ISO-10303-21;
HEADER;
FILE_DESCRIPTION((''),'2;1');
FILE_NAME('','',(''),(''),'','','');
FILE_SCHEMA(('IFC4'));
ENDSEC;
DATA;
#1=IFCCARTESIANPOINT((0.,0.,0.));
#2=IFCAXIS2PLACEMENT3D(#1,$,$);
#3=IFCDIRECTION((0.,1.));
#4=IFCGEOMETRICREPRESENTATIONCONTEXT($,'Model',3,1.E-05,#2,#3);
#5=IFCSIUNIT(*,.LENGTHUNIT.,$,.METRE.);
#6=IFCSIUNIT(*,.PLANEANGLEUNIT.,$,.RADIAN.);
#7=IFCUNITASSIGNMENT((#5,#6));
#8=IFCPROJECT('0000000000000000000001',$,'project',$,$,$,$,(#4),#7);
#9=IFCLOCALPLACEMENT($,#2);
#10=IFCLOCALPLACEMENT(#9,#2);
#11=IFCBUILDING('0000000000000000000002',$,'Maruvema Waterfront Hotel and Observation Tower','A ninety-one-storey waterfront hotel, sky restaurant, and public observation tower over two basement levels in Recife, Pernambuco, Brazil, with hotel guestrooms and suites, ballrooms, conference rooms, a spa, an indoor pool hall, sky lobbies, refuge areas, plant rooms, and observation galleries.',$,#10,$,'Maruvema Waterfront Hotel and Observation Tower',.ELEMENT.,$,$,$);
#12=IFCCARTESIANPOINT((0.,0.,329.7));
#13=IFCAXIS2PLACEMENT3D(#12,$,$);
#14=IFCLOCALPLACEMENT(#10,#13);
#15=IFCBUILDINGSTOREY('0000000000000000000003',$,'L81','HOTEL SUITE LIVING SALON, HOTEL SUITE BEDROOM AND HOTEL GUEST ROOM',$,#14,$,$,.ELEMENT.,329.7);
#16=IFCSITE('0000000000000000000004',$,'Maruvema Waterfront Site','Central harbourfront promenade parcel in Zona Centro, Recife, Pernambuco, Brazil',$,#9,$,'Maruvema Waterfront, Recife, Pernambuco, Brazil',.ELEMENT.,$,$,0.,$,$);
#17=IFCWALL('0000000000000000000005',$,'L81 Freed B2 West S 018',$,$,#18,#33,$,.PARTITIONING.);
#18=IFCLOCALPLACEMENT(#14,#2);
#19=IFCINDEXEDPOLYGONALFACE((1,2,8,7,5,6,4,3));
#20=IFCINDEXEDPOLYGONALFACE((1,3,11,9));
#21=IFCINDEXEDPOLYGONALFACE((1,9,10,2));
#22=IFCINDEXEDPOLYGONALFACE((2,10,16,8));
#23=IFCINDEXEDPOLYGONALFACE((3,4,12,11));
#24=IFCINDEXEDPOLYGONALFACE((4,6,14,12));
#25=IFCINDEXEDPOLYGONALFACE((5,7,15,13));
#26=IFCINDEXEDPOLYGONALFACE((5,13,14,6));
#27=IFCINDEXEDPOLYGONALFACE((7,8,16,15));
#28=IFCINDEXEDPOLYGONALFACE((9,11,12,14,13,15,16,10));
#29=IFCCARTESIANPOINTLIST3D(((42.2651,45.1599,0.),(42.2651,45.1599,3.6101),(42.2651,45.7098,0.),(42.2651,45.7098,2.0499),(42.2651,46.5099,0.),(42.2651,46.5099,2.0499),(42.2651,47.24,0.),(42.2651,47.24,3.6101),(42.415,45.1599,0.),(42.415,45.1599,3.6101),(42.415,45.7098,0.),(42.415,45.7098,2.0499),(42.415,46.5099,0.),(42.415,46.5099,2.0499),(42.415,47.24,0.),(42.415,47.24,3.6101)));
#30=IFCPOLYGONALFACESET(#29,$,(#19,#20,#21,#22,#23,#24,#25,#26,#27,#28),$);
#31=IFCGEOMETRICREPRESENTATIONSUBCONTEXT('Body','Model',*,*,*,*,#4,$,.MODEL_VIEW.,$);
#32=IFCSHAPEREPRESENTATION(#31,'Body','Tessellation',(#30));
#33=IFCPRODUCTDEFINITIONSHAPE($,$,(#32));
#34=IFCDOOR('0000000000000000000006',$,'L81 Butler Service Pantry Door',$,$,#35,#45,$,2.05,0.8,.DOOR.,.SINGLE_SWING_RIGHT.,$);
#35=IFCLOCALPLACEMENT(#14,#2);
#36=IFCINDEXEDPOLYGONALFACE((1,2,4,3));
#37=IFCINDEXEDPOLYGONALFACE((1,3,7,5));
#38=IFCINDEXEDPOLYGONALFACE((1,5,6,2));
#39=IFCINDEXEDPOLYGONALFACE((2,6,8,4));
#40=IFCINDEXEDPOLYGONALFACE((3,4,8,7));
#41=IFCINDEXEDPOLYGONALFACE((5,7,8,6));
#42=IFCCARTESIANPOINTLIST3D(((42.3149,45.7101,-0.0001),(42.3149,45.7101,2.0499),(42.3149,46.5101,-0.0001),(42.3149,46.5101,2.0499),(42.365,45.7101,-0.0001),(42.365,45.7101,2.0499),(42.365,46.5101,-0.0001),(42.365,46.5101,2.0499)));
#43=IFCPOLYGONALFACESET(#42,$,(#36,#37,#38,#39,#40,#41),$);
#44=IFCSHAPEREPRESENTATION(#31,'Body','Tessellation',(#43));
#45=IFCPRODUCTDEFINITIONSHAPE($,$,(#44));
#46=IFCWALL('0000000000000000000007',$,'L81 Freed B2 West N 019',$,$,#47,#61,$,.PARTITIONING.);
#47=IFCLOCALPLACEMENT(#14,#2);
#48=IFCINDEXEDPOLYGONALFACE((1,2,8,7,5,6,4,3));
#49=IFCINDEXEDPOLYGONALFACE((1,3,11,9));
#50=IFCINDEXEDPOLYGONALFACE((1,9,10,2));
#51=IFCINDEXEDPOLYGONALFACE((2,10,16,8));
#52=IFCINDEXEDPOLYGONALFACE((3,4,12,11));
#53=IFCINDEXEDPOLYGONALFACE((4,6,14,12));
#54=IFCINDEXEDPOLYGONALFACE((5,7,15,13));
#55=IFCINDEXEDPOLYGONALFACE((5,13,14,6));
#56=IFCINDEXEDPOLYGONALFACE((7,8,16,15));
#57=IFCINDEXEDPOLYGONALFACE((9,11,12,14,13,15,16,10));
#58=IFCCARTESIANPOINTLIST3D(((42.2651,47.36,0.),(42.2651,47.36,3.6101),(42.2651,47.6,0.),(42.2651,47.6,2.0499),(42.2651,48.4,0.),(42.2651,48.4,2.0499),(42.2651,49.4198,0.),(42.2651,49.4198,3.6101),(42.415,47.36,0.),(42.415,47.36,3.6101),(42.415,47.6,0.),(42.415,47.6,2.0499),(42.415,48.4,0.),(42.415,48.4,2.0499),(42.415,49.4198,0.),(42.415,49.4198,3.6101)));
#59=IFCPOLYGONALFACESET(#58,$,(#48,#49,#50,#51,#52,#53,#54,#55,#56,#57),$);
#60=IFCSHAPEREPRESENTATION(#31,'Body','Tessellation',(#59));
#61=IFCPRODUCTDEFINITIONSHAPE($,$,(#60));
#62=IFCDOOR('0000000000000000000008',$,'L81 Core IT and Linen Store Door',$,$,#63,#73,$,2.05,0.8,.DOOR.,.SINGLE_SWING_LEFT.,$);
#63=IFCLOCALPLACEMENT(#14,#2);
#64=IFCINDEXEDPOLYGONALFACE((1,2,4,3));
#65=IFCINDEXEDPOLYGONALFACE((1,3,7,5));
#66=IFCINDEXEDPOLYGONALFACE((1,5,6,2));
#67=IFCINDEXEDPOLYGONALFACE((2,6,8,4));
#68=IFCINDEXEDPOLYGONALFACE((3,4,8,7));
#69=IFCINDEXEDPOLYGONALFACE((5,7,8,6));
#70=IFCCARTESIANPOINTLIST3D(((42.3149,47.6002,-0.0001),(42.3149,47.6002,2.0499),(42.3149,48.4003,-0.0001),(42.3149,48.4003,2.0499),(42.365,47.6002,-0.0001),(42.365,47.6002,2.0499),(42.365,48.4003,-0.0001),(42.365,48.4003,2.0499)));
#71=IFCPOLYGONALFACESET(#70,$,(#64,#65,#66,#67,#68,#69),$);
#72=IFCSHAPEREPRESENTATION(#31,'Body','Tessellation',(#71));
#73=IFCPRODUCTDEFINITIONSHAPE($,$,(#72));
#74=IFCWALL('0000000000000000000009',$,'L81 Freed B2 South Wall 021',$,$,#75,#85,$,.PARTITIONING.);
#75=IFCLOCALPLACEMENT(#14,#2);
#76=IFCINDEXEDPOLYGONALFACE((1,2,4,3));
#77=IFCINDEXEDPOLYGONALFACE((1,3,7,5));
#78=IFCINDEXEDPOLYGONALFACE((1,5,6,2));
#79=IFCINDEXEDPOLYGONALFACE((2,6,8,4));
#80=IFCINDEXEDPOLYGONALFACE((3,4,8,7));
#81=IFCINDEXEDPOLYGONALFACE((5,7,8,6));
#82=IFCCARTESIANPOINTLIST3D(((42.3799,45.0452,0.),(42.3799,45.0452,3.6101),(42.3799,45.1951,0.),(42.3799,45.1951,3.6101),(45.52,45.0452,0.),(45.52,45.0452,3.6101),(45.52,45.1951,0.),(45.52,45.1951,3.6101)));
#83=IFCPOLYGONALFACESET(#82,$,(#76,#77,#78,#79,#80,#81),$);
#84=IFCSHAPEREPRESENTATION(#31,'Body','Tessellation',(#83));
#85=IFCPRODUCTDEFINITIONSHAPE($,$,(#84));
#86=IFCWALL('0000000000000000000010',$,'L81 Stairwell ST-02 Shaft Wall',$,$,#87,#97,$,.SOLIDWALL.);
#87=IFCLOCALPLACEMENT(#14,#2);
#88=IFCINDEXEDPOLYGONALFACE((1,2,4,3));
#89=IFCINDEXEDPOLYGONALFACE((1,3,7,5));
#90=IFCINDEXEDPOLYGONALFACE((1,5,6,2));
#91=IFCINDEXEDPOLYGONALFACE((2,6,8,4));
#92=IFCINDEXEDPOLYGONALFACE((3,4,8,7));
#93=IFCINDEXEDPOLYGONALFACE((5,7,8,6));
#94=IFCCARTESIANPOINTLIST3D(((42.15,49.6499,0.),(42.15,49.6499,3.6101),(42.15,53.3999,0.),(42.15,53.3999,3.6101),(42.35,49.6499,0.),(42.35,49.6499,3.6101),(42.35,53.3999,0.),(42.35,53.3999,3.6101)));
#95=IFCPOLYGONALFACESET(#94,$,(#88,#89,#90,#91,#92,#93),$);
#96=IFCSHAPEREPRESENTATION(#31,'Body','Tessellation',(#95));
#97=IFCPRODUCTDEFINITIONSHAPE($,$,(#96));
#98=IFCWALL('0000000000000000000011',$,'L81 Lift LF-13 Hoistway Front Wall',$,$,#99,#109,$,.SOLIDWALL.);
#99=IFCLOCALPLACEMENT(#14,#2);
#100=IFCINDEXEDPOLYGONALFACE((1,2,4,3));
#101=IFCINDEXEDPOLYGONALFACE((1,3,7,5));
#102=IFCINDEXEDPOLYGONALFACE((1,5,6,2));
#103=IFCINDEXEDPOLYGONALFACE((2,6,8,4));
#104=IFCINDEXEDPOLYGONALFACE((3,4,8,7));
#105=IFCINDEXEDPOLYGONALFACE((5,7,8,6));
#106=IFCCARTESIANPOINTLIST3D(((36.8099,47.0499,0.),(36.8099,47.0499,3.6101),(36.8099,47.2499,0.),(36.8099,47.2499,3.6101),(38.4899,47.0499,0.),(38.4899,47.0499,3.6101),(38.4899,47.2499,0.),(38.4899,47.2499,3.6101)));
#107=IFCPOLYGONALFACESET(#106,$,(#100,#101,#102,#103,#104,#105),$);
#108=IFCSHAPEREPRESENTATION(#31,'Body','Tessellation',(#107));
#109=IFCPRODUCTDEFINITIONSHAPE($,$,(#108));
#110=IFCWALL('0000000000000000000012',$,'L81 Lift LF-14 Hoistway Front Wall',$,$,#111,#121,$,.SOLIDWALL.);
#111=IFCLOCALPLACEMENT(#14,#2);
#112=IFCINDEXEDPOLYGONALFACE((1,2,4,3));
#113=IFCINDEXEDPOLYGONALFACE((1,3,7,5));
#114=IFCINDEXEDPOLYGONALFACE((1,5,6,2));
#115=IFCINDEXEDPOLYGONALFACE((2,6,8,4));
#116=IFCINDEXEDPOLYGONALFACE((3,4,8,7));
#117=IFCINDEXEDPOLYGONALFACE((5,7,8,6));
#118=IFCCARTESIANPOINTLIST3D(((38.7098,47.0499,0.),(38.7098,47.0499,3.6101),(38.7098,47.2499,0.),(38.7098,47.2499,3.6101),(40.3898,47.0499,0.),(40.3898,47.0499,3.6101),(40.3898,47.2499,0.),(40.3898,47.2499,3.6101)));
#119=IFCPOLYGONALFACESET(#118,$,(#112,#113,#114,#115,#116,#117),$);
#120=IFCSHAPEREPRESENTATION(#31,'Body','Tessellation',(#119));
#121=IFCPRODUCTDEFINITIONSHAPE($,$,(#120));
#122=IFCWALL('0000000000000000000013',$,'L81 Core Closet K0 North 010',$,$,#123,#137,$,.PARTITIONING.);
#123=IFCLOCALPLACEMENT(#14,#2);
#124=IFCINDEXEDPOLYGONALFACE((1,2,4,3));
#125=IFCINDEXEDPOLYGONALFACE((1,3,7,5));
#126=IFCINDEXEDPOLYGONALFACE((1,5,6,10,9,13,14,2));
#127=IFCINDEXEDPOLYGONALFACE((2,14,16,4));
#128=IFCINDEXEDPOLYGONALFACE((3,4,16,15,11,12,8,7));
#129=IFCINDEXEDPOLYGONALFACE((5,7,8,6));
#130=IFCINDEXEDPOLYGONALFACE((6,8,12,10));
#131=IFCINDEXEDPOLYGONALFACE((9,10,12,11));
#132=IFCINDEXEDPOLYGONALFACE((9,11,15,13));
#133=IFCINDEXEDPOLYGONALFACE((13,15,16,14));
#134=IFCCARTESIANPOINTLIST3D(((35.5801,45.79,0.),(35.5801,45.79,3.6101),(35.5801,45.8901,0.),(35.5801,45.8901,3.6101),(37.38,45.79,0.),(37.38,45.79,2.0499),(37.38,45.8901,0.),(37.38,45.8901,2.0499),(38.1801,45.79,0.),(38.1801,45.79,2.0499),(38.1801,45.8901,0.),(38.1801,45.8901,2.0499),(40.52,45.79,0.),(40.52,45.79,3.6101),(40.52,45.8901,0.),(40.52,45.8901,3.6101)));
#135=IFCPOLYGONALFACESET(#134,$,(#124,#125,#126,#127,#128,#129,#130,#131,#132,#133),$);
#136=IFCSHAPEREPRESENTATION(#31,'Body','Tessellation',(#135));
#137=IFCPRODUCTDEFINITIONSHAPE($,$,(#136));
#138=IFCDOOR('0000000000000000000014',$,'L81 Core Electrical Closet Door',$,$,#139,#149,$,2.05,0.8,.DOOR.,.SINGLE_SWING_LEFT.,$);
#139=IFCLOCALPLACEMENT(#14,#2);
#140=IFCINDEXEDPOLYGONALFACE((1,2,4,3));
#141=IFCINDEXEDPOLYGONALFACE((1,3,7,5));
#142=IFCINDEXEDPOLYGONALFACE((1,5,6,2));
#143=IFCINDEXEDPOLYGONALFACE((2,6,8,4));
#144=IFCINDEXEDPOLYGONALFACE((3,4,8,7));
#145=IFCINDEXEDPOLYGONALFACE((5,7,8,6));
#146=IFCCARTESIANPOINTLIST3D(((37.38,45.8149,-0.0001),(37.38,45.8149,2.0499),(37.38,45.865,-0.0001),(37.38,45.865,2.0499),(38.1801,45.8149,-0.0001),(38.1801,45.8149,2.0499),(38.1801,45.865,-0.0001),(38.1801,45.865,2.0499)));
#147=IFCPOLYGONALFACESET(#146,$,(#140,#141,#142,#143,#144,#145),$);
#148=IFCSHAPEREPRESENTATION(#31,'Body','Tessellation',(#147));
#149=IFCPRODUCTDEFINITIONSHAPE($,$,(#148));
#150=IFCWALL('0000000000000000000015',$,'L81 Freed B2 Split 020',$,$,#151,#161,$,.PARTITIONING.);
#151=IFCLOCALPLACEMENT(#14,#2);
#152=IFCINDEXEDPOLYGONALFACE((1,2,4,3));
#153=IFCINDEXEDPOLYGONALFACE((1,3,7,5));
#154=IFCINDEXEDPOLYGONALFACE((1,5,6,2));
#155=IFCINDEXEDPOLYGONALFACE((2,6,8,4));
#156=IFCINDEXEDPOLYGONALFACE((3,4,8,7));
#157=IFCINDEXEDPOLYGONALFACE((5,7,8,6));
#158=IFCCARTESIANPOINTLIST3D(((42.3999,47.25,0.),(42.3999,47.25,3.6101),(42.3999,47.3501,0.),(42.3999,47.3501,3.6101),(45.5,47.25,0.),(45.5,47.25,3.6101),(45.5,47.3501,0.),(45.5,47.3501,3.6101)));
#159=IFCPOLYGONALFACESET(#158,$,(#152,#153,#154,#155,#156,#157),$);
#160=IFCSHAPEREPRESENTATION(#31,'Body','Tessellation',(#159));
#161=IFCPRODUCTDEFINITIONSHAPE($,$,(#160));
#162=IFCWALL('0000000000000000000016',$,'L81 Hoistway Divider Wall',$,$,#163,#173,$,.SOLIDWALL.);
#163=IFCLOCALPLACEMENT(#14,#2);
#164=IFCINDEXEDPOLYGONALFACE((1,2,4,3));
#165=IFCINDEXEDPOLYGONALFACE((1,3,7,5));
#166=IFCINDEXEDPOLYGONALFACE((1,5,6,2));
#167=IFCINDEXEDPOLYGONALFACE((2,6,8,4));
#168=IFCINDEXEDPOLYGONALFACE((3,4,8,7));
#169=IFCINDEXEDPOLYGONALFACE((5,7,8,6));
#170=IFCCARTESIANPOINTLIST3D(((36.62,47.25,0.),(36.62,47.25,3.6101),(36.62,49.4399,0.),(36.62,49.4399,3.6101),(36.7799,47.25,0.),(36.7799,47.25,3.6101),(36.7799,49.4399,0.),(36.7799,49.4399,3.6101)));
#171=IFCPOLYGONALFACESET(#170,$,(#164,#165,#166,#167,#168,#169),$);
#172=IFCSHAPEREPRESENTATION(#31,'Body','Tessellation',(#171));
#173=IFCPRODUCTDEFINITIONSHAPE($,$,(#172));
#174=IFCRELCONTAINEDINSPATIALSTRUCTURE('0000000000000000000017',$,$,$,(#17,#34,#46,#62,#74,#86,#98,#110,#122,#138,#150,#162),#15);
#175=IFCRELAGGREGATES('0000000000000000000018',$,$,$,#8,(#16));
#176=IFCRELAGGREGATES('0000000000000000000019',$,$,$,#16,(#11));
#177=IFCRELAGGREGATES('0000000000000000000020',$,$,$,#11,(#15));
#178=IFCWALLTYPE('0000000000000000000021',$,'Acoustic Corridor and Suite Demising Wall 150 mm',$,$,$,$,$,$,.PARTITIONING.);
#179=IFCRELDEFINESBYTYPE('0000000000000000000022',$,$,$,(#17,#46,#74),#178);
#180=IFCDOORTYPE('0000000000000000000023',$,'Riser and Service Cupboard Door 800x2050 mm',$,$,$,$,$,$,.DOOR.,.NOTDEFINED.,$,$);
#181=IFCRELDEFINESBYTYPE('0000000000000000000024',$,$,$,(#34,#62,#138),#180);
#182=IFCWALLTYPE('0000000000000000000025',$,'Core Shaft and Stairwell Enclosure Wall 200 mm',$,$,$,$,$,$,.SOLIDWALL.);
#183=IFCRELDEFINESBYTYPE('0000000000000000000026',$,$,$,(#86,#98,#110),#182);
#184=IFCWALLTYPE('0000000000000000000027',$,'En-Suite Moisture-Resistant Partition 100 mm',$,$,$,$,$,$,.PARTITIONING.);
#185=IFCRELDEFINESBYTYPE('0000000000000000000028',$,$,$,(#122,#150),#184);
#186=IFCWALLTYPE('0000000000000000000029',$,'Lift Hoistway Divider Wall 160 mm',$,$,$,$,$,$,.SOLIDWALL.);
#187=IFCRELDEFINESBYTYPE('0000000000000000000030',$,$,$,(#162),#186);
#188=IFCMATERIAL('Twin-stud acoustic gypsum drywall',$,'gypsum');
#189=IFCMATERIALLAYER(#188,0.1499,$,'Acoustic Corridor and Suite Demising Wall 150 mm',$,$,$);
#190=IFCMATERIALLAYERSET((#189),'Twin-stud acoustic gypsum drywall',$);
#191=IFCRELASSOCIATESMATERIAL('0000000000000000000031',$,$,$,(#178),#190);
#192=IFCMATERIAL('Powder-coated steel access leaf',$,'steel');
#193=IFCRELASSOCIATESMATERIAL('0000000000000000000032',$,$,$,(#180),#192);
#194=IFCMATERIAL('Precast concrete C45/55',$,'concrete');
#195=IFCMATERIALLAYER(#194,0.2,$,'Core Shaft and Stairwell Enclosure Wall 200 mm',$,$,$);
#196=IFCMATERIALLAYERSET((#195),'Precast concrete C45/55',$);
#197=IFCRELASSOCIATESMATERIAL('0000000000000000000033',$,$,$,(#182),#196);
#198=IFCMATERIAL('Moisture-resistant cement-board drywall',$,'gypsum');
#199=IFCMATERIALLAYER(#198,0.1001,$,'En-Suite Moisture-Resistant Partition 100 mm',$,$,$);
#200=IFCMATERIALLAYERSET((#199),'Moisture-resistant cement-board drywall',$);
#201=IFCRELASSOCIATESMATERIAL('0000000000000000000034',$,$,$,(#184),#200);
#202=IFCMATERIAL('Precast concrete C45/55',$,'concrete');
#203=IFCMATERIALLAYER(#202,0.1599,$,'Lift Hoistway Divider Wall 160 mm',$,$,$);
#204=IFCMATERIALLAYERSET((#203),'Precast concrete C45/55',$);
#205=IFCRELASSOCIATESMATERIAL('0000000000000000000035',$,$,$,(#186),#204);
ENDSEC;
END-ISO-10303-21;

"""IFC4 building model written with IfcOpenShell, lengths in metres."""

from ifc_helpers import new_model, si_unit, direction, frame, frame_2d, origin, place, context, subcontext, project, spatial, rectangle, extrude, material, layer, layer_set, type_object, element, fill, save


model = new_model("IFC4")

# Units and contexts
model_context = context("Model", 3, precision=1e-05, world=origin(), true_north=direction((0.0, 1.0)))
body_context = subcontext(model_context, "Body", "Model", "MODEL_VIEW")
ifc_project = project(units=[si_unit("LENGTHUNIT", "METRE"), si_unit("PLANEANGLEUNIT", "RADIAN")], contexts=[model_context])

# Site, building, storey
site_placement = place(None, origin())
site = spatial("IfcSite", under=ifc_project, at=site_placement, Name="Maruvema Waterfront Site", Description="Central harbourfront promenade parcel in Zona Centro, Recife, Pernambuco, Brazil", LongName="Maruvema Waterfront, Recife, Pernambuco, Brazil", CompositionType="ELEMENT", RefElevation=0.0)
building_placement = place(site_placement, origin())
building = spatial("IfcBuilding", under=site, at=building_placement, Name="Maruvema Waterfront Hotel and Observation Tower", Description="A ninety-one-storey waterfront hotel, sky restaurant, and public observation tower over two basement levels in Recife, Pernambuco, Brazil, with hotel guestrooms and suites, ballrooms, conference rooms, a spa, an indoor pool hall, sky lobbies, refuge areas, plant rooms, and observation galleries.", LongName="Maruvema Waterfront Hotel and Observation Tower", CompositionType="ELEMENT")
storey_placement = place(building_placement, frame((0.0, 0.0, 329.7)))
storey = spatial("IfcBuildingStorey", under=building, at=storey_placement, Name="L81", Description="HOTEL SUITE LIVING SALON, HOTEL SUITE BEDROOM AND HOTEL GUEST ROOM", CompositionType="ELEMENT", Elevation=329.7)

# Walls, openings, doors
ifc_material_1 = material(Name="Twin-stud acoustic gypsum drywall", Category="gypsum")
ifc_layer_1 = layer(ifc_material_1, 0.1499, Name="Acoustic Corridor and Suite Demising Wall 150 mm")
ifc_layer_set_1 = layer_set([ifc_layer_1], Name="Twin-stud acoustic gypsum drywall")
wall_type_1 = type_object("IfcWallType", Name="Acoustic Corridor and Suite Demising Wall 150 mm", PredefinedType="PARTITIONING", material=ifc_layer_set_1)
wall_1_placement = place(storey_placement, frame((42.3401, 45.1599, 0.0), z_axis=(0.0, 0.0, 1.0), x_axis=(0.0, 1.0, 0.0)))
wall_1 = element("IfcWall", 1, at=wall_1_placement, inside=storey, type_object=wall_type_1, Name="L81 Freed B2 West S 018", PredefinedType="PARTITIONING", context=body_context, shape_type="SweptSolid", body=[
    extrude(rectangle(XDim=2.0801, YDim=0.1499, at=frame_2d((1.04, 0.0))), origin(), (0.0, 0.0, 1.0), 3.6101),
])
opening_1_placement = place(wall_1_placement, frame((0.55, 0.0, 0.0)))
opening_1 = element("IfcOpeningElement", 2, at=opening_1_placement, cuts=wall_1, PredefinedType="OPENING", context=body_context, shape_type="SweptSolid", body=[
    extrude(rectangle(XDim=0.8, YDim=2.05, at=frame_2d((0.3999, 1.0249))), frame((0.0, 0.085, 0.0), z_axis=(0.0, -1.0, 0.0), x_axis=(1.0, 0.0, 0.0)), (0.0, 0.0, 1.0), 0.1699),
])
ifc_material_2 = material(Name="Powder-coated steel access leaf", Category="steel")
door_type = type_object("IfcDoorType", Name="Riser and Service Cupboard Door 800x2050 mm", OperationType="NOTDEFINED", PredefinedType="DOOR", material=ifc_material_2)
door_1_placement = place(opening_1_placement, frame((0.8, 0.0, 0.0), z_axis=(0.0, 0.0, 1.0), x_axis=(-1.0, 0.0, 0.0)))
door_1 = element("IfcDoor", 3, at=door_1_placement, inside=storey, type_object=door_type, Name="L81 Butler Service Pantry Door", OperationType="SINGLE_SWING_RIGHT", OverallHeight=2.05, OverallWidth=0.8, PredefinedType="DOOR", context=body_context, shape_type="SweptSolid", body=[
    extrude(rectangle(XDim=0.8, YDim=2.05, at=frame_2d((0.3999, 1.0249))), frame((0.0, 0.0249, 0.0), z_axis=(0.0, -1.0, 0.0), x_axis=(1.0, 0.0, 0.0)), (0.0, 0.0, 1.0), 0.05),
])
fill(opening_1, door_1)
wall_2_placement = place(storey_placement, frame((42.3401, 47.3601, 0.0), z_axis=(0.0, 0.0, 1.0), x_axis=(0.0, 1.0, 0.0)))
wall_2 = element("IfcWall", 4, at=wall_2_placement, inside=storey, type_object=wall_type_1, Name="L81 Freed B2 West N 019", PredefinedType="PARTITIONING", context=body_context, shape_type="SweptSolid", body=[
    extrude(rectangle(XDim=2.0598, YDim=0.1499, at=frame_2d((1.0298, 0.0))), origin(), (0.0, 0.0, 1.0), 3.6101),
])
opening_2_placement = place(wall_2_placement, frame((0.24, 0.0, 0.0)))
opening_2 = element("IfcOpeningElement", 5, at=opening_2_placement, cuts=wall_2, PredefinedType="OPENING", context=body_context, shape_type="SweptSolid", body=[
    extrude(rectangle(XDim=0.8, YDim=2.05, at=frame_2d((0.3999, 1.0249))), frame((0.0, 0.085, 0.0), z_axis=(0.0, -1.0, 0.0), x_axis=(1.0, 0.0, 0.0)), (0.0, 0.0, 1.0), 0.1699),
])
door_2_placement = place(opening_2_placement, frame((0.8, 0.0, 0.0), z_axis=(0.0, 0.0, 1.0), x_axis=(-1.0, 0.0, 0.0)))
door_2 = element("IfcDoor", 6, at=door_2_placement, inside=storey, type_object=door_type, Name="L81 Core IT and Linen Store Door", OperationType="SINGLE_SWING_LEFT", OverallHeight=2.05, OverallWidth=0.8, PredefinedType="DOOR", context=body_context, shape_type="SweptSolid", body=[
    extrude(rectangle(XDim=0.8, YDim=2.05, at=frame_2d((0.3999, 1.0249))), frame((0.0, 0.0249, 0.0), z_axis=(0.0, -1.0, 0.0), x_axis=(1.0, 0.0, 0.0)), (0.0, 0.0, 1.0), 0.05),
])
fill(opening_2, door_2)

# Walls
wall_3_placement = place(storey_placement, frame((42.3799, 45.1201, 0.0), z_axis=(0.0, 0.0, 1.0), x_axis=(1.0, 0.0, 0.0)))
element("IfcWall", 7, at=wall_3_placement, inside=storey, type_object=wall_type_1, Name="L81 Freed B2 South Wall 021", PredefinedType="PARTITIONING", context=body_context, shape_type="SweptSolid", body=[
    extrude(rectangle(XDim=3.1401, YDim=0.1499, at=frame_2d((1.5701, 0.0))), origin(), (0.0, 0.0, 1.0), 3.6101),
])
ifc_material_3 = material(Name="Precast concrete C45/55", Category="concrete")
ifc_layer_2 = layer(ifc_material_3, 0.2, Name="Core Shaft and Stairwell Enclosure Wall 200 mm")
ifc_layer_set_2 = layer_set([ifc_layer_2], Name="Precast concrete C45/55")
wall_type_2 = type_object("IfcWallType", Name="Core Shaft and Stairwell Enclosure Wall 200 mm", PredefinedType="SOLIDWALL", material=ifc_layer_set_2)
wall_4_placement = place(storey_placement, frame((42.25, 49.6499, 0.0), z_axis=(0.0, 0.0, 1.0), x_axis=(0.0, 1.0, 0.0)))
element("IfcWall", 8, at=wall_4_placement, inside=storey, type_object=wall_type_2, Name="L81 Stairwell ST-02 Shaft Wall", PredefinedType="SOLIDWALL", context=body_context, shape_type="SweptSolid", body=[
    extrude(rectangle(XDim=3.75, YDim=0.2, at=frame_2d((1.875, 0.0))), origin(), (0.0, 0.0, 1.0), 3.6101),
])
for number, where, z_axis, x_axis, name in (
    (9, (36.8101, 47.1499, 0.0), (0.0, 0.0, 1.0), (1.0, 0.0, 0.0), "L81 Lift LF-13 Hoistway Front Wall"),
    (10, (38.71, 47.1499, 0.0), (0.0, 0.0, 1.0), (1.0, 0.0, 0.0), "L81 Lift LF-14 Hoistway Front Wall"),
):
    element("IfcWall", number, at=place(storey_placement, frame(where, z_axis=z_axis, x_axis=x_axis)), inside=storey, type_object=wall_type_2, Name=name, PredefinedType="SOLIDWALL", context=body_context, shape_type="SweptSolid", body=[
        extrude(rectangle(XDim=1.6799, YDim=0.2, at=frame_2d((0.8398, 0.0))), origin(), (0.0, 0.0, 1.0), 3.6101),
    ])

# Wall, opening, door
ifc_material_4 = material(Name="Moisture-resistant cement-board drywall", Category="gypsum")
ifc_layer_3 = layer(ifc_material_4, 0.1001, Name="En-Suite Moisture-Resistant Partition 100 mm")
ifc_layer_set_3 = layer_set([ifc_layer_3], Name="Moisture-resistant cement-board drywall")
wall_type_3 = type_object("IfcWallType", Name="En-Suite Moisture-Resistant Partition 100 mm", PredefinedType="PARTITIONING", material=ifc_layer_set_3)
wall_5_placement = place(storey_placement, frame((35.5801, 45.8401, 0.0), z_axis=(0.0, 0.0, 1.0), x_axis=(1.0, 0.0, 0.0)))
wall_5 = element("IfcWall", 11, at=wall_5_placement, inside=storey, type_object=wall_type_3, Name="L81 Core Closet K0 North 010", PredefinedType="PARTITIONING", context=body_context, shape_type="SweptSolid", body=[
    extrude(rectangle(XDim=4.9399, YDim=0.1001, at=frame_2d((2.47, 0.0))), origin(), (0.0, 0.0, 1.0), 3.6101),
])
opening_3_placement = place(wall_5_placement, frame((1.8, 0.0, 0.0)))
opening_3 = element("IfcOpeningElement", 12, at=opening_3_placement, cuts=wall_5, PredefinedType="OPENING", context=body_context, shape_type="SweptSolid", body=[
    extrude(rectangle(XDim=0.8, YDim=2.05, at=frame_2d((0.3999, 1.0249))), frame((0.0, 0.0601, 0.0), z_axis=(0.0, -1.0, 0.0), x_axis=(1.0, 0.0, 0.0)), (0.0, 0.0, 1.0), 0.1201),
])
door_3_placement = place(opening_3_placement, origin())
door_3 = element("IfcDoor", 13, at=door_3_placement, inside=storey, type_object=door_type, Name="L81 Core Electrical Closet Door", OperationType="SINGLE_SWING_LEFT", OverallHeight=2.05, OverallWidth=0.8, PredefinedType="DOOR", context=body_context, shape_type="SweptSolid", body=[
    extrude(rectangle(XDim=0.8, YDim=2.05, at=frame_2d((0.3999, 1.0249))), frame((0.0, 0.0249, 0.0), z_axis=(0.0, -1.0, 0.0), x_axis=(1.0, 0.0, 0.0)), (0.0, 0.0, 1.0), 0.05),
])
fill(opening_3, door_3)

# Walls
wall_6_placement = place(storey_placement, frame((42.3999, 47.3, 0.0), z_axis=(0.0, 0.0, 1.0), x_axis=(1.0, 0.0, 0.0)))
element("IfcWall", 14, at=wall_6_placement, inside=storey, type_object=wall_type_3, Name="L81 Freed B2 Split 020", PredefinedType="PARTITIONING", context=body_context, shape_type="SweptSolid", body=[
    extrude(rectangle(XDim=3.1001, YDim=0.1001, at=frame_2d((1.55, 0.0))), origin(), (0.0, 0.0, 1.0), 3.6101),
])
ifc_material_5 = material(Name="Precast concrete C45/55", Category="concrete")
ifc_layer_4 = layer(ifc_material_5, 0.1599, Name="Lift Hoistway Divider Wall 160 mm")
ifc_layer_set_4 = layer_set([ifc_layer_4], Name="Precast concrete C45/55")
wall_type_4 = type_object("IfcWallType", Name="Lift Hoistway Divider Wall 160 mm", PredefinedType="SOLIDWALL", material=ifc_layer_set_4)
for number, where, z_axis, x_axis, name in (
    (15, (36.7, 47.25, 0.0), (0.0, 0.0, 1.0), (0.0, 1.0, 0.0), "L81 Hoistway Divider Wall"),
):
    element("IfcWall", number, at=place(storey_placement, frame(where, z_axis=z_axis, x_axis=x_axis)), inside=storey, type_object=wall_type_4, Name=name, PredefinedType="SOLIDWALL", context=body_context, shape_type="SweptSolid", body=[
        extrude(rectangle(XDim=2.1899, YDim=0.1599, at=frame_2d((1.095, 0.0))), origin(), (0.0, 0.0, 1.0), 3.6101),
    ])

save(model, "model.ifc")
